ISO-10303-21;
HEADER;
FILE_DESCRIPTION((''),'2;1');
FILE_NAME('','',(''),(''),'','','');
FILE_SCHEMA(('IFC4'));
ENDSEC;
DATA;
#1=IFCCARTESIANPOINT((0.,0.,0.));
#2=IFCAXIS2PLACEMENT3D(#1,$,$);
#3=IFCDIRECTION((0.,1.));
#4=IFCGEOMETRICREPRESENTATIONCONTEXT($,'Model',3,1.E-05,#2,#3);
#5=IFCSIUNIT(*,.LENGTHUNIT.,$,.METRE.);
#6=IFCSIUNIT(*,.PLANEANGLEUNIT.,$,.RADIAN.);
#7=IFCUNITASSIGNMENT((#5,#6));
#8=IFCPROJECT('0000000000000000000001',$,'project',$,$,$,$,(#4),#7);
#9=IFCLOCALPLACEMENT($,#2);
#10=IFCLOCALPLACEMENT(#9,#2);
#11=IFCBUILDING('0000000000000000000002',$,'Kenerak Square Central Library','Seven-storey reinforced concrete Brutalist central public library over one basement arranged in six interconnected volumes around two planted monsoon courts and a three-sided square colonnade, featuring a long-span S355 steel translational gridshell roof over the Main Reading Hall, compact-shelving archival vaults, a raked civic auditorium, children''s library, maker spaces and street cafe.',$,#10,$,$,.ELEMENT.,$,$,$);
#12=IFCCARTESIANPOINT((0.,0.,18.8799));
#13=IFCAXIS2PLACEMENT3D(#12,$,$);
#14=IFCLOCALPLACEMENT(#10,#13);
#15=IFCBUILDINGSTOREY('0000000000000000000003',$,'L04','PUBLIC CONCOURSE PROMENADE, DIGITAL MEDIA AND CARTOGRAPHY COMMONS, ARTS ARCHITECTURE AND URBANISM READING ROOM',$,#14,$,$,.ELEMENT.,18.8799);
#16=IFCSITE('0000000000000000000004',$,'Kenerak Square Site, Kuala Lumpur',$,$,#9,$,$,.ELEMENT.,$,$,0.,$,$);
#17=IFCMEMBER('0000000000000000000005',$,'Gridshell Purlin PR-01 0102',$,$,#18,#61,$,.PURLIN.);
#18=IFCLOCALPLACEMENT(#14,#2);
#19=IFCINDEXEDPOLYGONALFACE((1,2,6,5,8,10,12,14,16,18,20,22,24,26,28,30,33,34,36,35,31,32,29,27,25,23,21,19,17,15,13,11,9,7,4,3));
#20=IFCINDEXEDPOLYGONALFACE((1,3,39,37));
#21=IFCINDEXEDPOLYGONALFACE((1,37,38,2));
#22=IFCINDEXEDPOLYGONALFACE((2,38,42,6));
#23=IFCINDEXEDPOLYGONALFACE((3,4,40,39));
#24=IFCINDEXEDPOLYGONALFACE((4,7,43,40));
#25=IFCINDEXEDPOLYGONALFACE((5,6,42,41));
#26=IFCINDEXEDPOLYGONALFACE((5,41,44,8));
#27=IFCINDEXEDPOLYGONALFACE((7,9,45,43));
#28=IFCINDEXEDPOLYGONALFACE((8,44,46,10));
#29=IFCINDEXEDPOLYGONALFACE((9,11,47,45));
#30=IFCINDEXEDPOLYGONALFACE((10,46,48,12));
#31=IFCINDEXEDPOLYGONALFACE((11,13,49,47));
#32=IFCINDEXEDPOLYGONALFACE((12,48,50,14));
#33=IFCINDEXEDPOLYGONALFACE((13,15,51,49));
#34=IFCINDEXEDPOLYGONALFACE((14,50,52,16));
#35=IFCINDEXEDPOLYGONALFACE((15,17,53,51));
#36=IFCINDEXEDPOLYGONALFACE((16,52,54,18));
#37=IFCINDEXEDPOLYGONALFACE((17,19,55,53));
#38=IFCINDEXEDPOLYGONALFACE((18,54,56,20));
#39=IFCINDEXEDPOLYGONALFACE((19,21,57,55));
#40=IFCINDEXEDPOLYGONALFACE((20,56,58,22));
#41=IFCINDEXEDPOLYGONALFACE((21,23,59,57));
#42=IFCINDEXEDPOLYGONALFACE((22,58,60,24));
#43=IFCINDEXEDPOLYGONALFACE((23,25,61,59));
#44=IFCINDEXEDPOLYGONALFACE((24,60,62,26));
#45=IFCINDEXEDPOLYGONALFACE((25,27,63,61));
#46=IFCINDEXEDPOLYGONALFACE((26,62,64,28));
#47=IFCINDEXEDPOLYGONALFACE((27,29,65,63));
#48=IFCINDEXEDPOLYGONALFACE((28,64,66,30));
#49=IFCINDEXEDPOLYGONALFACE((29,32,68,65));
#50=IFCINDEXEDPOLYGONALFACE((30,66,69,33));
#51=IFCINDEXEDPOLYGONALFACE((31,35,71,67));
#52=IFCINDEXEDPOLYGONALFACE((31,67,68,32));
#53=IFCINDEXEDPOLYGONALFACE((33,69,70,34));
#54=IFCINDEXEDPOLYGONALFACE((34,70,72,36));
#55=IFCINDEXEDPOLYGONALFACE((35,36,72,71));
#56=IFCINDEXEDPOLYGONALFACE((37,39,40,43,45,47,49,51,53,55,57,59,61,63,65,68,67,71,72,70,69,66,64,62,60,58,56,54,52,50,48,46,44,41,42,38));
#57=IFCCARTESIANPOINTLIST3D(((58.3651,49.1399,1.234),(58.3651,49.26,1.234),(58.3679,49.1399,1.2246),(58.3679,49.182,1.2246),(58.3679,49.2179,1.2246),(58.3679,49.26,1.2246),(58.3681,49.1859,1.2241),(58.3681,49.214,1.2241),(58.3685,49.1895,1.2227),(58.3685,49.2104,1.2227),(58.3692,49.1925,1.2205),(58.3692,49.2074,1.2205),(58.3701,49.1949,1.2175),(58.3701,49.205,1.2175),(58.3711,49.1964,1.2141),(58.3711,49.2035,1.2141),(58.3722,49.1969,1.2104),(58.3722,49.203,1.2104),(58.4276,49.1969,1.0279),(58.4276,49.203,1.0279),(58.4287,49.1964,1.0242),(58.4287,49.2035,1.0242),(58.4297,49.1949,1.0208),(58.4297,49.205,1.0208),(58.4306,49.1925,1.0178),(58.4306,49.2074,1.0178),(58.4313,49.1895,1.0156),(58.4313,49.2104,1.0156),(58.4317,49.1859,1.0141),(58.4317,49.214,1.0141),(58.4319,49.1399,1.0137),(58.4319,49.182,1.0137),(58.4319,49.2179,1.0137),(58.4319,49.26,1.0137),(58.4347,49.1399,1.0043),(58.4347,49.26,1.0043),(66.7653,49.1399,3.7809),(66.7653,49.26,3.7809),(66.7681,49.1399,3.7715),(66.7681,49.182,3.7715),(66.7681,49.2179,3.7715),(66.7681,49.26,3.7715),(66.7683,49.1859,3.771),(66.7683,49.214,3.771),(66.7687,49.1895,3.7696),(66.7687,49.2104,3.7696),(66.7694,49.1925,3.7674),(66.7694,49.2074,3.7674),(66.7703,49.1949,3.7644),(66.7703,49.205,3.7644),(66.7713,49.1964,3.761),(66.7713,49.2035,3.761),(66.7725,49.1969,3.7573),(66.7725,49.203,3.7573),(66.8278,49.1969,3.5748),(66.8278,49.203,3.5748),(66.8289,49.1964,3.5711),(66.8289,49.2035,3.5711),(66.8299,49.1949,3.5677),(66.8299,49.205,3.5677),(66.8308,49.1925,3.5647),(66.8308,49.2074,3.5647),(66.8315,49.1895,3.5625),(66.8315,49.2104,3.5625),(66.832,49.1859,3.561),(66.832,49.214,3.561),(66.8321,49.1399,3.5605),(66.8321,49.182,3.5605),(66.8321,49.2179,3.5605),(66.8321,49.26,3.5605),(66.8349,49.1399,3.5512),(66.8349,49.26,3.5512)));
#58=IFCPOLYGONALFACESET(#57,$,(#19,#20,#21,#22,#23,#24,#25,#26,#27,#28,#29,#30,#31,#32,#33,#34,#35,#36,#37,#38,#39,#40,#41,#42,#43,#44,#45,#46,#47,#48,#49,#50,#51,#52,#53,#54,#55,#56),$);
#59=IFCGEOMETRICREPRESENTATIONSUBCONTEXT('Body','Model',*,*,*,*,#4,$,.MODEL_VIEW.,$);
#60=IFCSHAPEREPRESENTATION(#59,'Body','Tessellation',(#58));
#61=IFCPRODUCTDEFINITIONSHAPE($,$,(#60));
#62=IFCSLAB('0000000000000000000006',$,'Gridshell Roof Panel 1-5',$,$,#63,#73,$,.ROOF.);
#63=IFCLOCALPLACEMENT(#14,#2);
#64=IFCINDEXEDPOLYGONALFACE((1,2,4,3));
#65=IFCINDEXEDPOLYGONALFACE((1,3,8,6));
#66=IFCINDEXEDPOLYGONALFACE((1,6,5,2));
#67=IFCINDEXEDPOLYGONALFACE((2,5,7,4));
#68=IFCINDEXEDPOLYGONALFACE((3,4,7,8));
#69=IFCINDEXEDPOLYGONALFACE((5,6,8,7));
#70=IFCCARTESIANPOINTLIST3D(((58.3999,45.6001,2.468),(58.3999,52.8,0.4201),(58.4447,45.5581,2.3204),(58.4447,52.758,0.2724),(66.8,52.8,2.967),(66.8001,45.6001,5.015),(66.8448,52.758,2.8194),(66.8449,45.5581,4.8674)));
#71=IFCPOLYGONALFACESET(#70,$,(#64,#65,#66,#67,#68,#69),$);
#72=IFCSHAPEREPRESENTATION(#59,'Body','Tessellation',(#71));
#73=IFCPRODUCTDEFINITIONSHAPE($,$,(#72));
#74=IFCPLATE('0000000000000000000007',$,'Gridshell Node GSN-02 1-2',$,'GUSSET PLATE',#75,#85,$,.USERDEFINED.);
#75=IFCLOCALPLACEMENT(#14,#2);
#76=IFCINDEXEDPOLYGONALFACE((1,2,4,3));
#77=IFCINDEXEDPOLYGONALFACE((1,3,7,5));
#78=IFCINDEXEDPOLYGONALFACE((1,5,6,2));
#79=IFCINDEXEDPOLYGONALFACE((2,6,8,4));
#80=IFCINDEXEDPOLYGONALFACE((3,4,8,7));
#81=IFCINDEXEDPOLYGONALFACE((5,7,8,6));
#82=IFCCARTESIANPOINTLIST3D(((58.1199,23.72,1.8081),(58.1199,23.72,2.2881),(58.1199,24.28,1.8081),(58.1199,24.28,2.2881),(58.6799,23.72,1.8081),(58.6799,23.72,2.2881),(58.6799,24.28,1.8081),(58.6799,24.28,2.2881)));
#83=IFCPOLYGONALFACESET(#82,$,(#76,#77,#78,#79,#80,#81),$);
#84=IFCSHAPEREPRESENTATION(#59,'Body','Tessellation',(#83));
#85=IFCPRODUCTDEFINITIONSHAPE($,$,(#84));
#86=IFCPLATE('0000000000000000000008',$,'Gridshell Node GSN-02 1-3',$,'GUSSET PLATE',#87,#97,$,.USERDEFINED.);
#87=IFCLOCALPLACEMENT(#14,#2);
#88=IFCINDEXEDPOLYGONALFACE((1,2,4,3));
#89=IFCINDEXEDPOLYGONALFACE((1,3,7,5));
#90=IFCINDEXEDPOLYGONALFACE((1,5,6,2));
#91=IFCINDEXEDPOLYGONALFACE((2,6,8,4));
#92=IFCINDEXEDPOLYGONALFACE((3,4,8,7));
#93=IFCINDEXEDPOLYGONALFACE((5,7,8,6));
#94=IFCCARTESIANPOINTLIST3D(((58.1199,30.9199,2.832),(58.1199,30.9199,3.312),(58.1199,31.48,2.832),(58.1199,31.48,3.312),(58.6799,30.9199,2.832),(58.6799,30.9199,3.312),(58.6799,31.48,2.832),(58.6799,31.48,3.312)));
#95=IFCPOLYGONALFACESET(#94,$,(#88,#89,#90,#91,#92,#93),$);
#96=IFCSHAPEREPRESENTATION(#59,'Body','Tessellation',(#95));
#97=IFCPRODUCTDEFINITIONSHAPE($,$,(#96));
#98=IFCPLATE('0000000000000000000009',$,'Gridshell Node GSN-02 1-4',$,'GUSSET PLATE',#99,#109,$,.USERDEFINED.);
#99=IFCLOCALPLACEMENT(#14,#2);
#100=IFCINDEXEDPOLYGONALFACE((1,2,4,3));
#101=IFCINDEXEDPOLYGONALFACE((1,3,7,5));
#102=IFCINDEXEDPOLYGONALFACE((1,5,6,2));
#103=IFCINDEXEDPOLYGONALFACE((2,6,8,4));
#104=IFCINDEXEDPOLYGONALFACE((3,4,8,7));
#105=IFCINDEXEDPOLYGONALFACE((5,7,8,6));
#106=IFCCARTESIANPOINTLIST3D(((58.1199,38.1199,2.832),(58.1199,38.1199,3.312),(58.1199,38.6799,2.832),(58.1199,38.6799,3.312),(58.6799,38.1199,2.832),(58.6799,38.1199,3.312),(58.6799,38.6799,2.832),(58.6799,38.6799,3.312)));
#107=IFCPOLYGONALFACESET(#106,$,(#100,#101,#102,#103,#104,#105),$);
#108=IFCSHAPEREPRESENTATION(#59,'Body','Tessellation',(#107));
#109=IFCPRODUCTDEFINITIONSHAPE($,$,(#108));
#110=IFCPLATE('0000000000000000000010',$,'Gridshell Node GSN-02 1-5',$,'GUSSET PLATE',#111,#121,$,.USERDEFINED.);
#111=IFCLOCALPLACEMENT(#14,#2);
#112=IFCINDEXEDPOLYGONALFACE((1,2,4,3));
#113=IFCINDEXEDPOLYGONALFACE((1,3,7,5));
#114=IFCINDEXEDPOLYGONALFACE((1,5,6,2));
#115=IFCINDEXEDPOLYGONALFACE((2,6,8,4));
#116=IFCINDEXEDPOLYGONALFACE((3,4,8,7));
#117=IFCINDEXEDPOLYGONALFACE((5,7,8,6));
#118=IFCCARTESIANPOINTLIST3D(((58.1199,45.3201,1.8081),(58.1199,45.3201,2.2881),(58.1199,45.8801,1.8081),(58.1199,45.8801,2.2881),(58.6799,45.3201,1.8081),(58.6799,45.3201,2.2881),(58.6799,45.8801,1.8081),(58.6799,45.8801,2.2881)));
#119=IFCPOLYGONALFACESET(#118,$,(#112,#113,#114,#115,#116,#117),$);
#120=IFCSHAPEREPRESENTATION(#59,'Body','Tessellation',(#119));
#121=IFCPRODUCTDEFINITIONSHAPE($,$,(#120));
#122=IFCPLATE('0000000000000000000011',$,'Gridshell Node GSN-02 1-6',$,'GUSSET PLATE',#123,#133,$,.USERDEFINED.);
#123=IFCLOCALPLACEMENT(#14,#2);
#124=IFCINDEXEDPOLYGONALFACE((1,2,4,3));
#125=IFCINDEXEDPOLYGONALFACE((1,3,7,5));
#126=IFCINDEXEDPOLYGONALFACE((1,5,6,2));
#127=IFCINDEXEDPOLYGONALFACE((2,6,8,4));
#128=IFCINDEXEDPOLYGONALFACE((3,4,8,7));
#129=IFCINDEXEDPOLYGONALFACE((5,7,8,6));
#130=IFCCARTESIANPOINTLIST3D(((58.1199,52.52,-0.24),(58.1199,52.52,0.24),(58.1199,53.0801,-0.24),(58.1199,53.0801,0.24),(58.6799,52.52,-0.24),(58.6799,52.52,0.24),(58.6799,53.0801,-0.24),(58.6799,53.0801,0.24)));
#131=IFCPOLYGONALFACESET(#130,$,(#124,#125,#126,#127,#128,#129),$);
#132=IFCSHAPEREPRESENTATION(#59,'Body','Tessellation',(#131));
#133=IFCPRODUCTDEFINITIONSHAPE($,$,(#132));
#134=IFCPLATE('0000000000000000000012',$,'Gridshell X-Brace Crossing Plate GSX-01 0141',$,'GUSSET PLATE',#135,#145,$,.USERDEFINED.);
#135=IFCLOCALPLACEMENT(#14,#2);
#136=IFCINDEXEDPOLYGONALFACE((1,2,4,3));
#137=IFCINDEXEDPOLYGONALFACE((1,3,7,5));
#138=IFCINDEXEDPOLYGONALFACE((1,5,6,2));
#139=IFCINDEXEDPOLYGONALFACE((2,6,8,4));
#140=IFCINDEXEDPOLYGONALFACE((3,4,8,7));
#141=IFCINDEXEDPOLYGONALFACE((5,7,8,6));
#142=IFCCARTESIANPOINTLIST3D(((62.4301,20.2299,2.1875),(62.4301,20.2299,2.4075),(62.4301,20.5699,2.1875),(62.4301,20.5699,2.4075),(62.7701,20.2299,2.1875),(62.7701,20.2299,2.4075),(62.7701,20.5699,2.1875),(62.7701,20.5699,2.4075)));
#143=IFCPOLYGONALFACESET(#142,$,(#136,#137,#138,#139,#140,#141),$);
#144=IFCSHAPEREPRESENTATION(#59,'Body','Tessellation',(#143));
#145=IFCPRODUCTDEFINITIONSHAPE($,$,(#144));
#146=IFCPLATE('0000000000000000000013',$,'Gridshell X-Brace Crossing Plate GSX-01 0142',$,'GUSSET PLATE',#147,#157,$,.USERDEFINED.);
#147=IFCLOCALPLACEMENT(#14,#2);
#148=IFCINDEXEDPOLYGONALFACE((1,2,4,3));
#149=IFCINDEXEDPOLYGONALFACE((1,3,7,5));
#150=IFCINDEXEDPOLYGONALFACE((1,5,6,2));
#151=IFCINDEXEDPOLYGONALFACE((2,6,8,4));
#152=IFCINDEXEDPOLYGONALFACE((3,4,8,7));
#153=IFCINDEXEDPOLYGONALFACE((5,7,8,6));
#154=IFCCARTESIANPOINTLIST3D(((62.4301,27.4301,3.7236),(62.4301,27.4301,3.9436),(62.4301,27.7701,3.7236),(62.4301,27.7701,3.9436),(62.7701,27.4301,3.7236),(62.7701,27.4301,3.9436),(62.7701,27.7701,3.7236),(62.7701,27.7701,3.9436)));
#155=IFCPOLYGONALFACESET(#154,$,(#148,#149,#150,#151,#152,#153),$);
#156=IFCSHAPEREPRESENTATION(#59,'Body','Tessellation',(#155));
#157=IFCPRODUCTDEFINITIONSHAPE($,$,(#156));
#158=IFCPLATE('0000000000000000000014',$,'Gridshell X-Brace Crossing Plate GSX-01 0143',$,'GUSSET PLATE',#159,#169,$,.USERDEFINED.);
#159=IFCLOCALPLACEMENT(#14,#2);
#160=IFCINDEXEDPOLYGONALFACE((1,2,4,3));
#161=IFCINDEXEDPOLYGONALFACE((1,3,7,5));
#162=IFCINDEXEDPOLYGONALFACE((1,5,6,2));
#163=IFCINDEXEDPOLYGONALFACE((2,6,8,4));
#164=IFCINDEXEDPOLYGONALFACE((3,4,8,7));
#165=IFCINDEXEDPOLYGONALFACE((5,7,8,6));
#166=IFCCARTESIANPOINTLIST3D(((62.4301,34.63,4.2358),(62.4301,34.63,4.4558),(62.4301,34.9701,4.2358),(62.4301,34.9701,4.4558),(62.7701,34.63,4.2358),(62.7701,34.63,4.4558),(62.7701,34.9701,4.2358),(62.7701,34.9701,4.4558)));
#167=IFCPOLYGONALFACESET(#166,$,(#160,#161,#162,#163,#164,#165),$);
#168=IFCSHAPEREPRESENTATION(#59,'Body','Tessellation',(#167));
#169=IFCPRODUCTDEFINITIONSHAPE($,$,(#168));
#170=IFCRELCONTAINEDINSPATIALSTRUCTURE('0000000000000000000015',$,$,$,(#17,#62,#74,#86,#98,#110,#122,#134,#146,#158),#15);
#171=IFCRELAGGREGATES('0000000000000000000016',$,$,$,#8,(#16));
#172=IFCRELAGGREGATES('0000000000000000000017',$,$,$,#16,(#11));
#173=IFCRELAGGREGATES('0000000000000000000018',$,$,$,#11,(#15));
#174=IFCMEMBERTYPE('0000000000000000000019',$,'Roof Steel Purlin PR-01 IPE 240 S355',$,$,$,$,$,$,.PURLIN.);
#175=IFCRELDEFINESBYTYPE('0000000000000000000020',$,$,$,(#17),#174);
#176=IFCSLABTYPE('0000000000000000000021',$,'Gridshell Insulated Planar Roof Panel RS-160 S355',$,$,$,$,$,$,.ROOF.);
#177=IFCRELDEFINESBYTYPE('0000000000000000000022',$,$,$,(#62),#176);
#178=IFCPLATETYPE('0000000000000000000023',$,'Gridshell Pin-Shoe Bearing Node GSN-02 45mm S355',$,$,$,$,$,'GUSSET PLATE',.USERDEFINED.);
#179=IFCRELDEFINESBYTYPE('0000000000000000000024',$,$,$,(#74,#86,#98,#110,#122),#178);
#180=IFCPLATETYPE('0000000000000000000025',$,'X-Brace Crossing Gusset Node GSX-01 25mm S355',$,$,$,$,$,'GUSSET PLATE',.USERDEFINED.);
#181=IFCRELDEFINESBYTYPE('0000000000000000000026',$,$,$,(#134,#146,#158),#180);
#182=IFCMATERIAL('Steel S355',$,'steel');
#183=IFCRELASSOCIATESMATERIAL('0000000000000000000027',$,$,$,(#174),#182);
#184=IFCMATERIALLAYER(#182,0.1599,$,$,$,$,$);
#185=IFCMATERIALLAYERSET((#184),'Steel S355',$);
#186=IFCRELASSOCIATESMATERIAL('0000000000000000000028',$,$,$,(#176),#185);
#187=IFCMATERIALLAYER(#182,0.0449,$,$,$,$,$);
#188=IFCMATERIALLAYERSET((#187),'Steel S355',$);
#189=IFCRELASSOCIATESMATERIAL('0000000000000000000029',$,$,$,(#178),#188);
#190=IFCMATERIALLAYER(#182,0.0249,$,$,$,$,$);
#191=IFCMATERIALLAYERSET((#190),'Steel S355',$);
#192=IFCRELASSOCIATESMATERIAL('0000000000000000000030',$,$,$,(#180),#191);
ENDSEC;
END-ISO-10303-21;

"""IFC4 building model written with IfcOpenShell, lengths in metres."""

from ifc_helpers import new_model, si_unit, direction, frame, origin, origin_2d, place, context, subcontext, project, spatial, polyline, rectangle, i_section, outline, extrude, material, layer, layer_set, material_profile, profile_set, type_object, element, save


model = new_model("IFC4")

# Units and contexts
model_context = context("Model", 3, precision=1e-05, world=origin(), true_north=direction((0.0, 1.0)))
body_context = subcontext(model_context, "Body", "Model", "MODEL_VIEW")
ifc_project = project(units=[si_unit("LENGTHUNIT", "METRE"), si_unit("PLANEANGLEUNIT", "RADIAN")], contexts=[model_context])

# Site, building, storey
site_placement = place(None, origin())
site = spatial("IfcSite", under=ifc_project, at=site_placement, Name="Kenerak Square Site, Kuala Lumpur", CompositionType="ELEMENT", RefElevation=0.0)
building_placement = place(site_placement, origin())
building = spatial("IfcBuilding", under=site, at=building_placement, Name="Kenerak Square Central Library", Description="Seven-storey reinforced concrete Brutalist central public library over one basement arranged in six interconnected volumes around two planted monsoon courts and a three-sided square colonnade, featuring a long-span S355 steel translational gridshell roof over the Main Reading Hall, compact-shelving archival vaults, a raked civic auditorium, children's library, maker spaces and street cafe.", CompositionType="ELEMENT")
storey_placement = place(building_placement, frame((0.0, 0.0, 18.8799)))
storey = spatial("IfcBuildingStorey", under=building, at=storey_placement, Name="L04", Description="PUBLIC CONCOURSE PROMENADE, DIGITAL MEDIA AND CARTOGRAPHY COMMONS, ARTS ARCHITECTURE AND URBANISM READING ROOM", CompositionType="ELEMENT", Elevation=18.8799)

# Shared definitions
ifc_material_1 = material(Name="Steel S355", Category="steel")

# Member
ifc_material_profile_1 = material_profile(ifc_material_1, i_section(OverallWidth=0.1201, OverallDepth=0.24, WebThickness=0.0061, FlangeThickness=0.0098, FilletRadius=0.0149, at=origin_2d()), Name="IPE 240")
ifc_profile_set_1 = profile_set([ifc_material_profile_1], Name="Steel S355")
member_type_1 = type_object("IfcMemberType", Name="Roof Steel Purlin PR-01 IPE 240 S355", PredefinedType="PURLIN", material=ifc_profile_set_1)
for number, where, z_axis, x_axis, name in (
    (1, (58.3999, 49.2, 1.1191), (0.956981, 0.0, 0.290151), (0.0, 1.0, 0.0), "Gridshell Purlin PR-01 0102"),
):
    element("IfcMember", number, at=place(storey_placement, frame(where, z_axis=z_axis, x_axis=x_axis)), inside=storey, type_object=member_type_1, Name=name, PredefinedType="PURLIN", context=body_context, shape_type="SweptSolid", body=[
        extrude(i_section(OverallWidth=0.1201, OverallDepth=0.24, WebThickness=0.0061, FlangeThickness=0.0098, FilletRadius=0.0149, at=origin_2d()), origin(), (0.0, 0.0, 1.0), 8.7778),
    ])

# Slab
ifc_layer_1 = layer(ifc_material_1, 0.1599)
ifc_layer_set_1 = layer_set([ifc_layer_1], Name="Steel S355")
slab_type = type_object("IfcSlabType", Name="Gridshell Insulated Planar Roof Panel RS-160 S355", PredefinedType="ROOF", material=ifc_layer_set_1)
slab_placement = place(storey_placement, frame((58.3999, 45.6001, 2.468), z_axis=(-0.279977, 0.262648, 0.923379), x_axis=(0.956977, -0.000003, 0.290165)))
element("IfcSlab", 2, at=slab_placement, inside=storey, type_object=slab_type, Name="Gridshell Roof Panel 1-5", PredefinedType="ROOF", context=body_context, shape_type="SweptSolid", body=[
    extrude(outline(polyline([(0.0, 0.0), (8.7778, 0.0), (8.1835, 7.462), (-0.5942, 7.4619), (0.0, 0.0)])), origin(), (0.0, 0.0, -1.0), 0.1599),
])

# Plates
ifc_layer_2 = layer(ifc_material_1, 0.0449)
ifc_layer_set_2 = layer_set([ifc_layer_2], Name="Steel S355")
plate_type_1 = type_object("IfcPlateType", Name="Gridshell Pin-Shoe Bearing Node GSN-02 45mm S355", ElementType="GUSSET PLATE", PredefinedType="USERDEFINED", material=ifc_layer_set_2)
for number, where, z_axis, x_axis, name in (
    (3, (58.3999, 24.0, 1.8081), (0.0, 0.0, 1.0), (1.0, 0.0, 0.0), "Gridshell Node GSN-02 1-2"),
    (4, (58.3999, 31.2, 2.832), (0.0, 0.0, 1.0), (1.0, 0.0, 0.0), "Gridshell Node GSN-02 1-3"),
    (5, (58.3999, 38.3999, 2.832), (0.0, 0.0, 1.0), (1.0, 0.0, 0.0), "Gridshell Node GSN-02 1-4"),
    (6, (58.3999, 45.6001, 1.8081), (0.0, 0.0, 1.0), (1.0, 0.0, 0.0), "Gridshell Node GSN-02 1-5"),
    (7, (58.3999, 52.8, -0.24), (0.0, 0.0, 1.0), (1.0, 0.0, 0.0), "Gridshell Node GSN-02 1-6"),
):
    element("IfcPlate", number, at=place(storey_placement, frame(where, z_axis=z_axis, x_axis=x_axis)), inside=storey, type_object=plate_type_1, Name=name, ObjectType="GUSSET PLATE", PredefinedType="USERDEFINED", context=body_context, shape_type="SweptSolid", body=[
        extrude(rectangle(XDim=0.5601, YDim=0.5601, at=origin_2d()), origin(), (0.0, 0.0, 1.0), 0.48),
    ])
ifc_layer_3 = layer(ifc_material_1, 0.0249)
ifc_layer_set_3 = layer_set([ifc_layer_3], Name="Steel S355")
plate_type_2 = type_object("IfcPlateType", Name="X-Brace Crossing Gusset Node GSX-01 25mm S355", ElementType="GUSSET PLATE", PredefinedType="USERDEFINED", material=ifc_layer_set_3)
for number, where, z_axis, x_axis, name in (
    (8, (62.6001, 20.3999, 2.1875), (0.0, 0.0, 1.0), (1.0, 0.0, 0.0), "Gridshell X-Brace Crossing Plate GSX-01 0141"),
    (9, (62.6001, 27.6001, 3.7236), (0.0, 0.0, 1.0), (1.0, 0.0, 0.0), "Gridshell X-Brace Crossing Plate GSX-01 0142"),
    (10, (62.6001, 34.8, 4.2358), (0.0, 0.0, 1.0), (1.0, 0.0, 0.0), "Gridshell X-Brace Crossing Plate GSX-01 0143"),
):
    element("IfcPlate", number, at=place(storey_placement, frame(where, z_axis=z_axis, x_axis=x_axis)), inside=storey, type_object=plate_type_2, Name=name, ObjectType="GUSSET PLATE", PredefinedType="USERDEFINED", context=body_context, shape_type="SweptSolid", body=[
        extrude(rectangle(XDim=0.3401, YDim=0.3401, at=origin_2d()), origin(), (0.0, 0.0, 1.0), 0.22),
    ])

save(model, "model.ifc")
